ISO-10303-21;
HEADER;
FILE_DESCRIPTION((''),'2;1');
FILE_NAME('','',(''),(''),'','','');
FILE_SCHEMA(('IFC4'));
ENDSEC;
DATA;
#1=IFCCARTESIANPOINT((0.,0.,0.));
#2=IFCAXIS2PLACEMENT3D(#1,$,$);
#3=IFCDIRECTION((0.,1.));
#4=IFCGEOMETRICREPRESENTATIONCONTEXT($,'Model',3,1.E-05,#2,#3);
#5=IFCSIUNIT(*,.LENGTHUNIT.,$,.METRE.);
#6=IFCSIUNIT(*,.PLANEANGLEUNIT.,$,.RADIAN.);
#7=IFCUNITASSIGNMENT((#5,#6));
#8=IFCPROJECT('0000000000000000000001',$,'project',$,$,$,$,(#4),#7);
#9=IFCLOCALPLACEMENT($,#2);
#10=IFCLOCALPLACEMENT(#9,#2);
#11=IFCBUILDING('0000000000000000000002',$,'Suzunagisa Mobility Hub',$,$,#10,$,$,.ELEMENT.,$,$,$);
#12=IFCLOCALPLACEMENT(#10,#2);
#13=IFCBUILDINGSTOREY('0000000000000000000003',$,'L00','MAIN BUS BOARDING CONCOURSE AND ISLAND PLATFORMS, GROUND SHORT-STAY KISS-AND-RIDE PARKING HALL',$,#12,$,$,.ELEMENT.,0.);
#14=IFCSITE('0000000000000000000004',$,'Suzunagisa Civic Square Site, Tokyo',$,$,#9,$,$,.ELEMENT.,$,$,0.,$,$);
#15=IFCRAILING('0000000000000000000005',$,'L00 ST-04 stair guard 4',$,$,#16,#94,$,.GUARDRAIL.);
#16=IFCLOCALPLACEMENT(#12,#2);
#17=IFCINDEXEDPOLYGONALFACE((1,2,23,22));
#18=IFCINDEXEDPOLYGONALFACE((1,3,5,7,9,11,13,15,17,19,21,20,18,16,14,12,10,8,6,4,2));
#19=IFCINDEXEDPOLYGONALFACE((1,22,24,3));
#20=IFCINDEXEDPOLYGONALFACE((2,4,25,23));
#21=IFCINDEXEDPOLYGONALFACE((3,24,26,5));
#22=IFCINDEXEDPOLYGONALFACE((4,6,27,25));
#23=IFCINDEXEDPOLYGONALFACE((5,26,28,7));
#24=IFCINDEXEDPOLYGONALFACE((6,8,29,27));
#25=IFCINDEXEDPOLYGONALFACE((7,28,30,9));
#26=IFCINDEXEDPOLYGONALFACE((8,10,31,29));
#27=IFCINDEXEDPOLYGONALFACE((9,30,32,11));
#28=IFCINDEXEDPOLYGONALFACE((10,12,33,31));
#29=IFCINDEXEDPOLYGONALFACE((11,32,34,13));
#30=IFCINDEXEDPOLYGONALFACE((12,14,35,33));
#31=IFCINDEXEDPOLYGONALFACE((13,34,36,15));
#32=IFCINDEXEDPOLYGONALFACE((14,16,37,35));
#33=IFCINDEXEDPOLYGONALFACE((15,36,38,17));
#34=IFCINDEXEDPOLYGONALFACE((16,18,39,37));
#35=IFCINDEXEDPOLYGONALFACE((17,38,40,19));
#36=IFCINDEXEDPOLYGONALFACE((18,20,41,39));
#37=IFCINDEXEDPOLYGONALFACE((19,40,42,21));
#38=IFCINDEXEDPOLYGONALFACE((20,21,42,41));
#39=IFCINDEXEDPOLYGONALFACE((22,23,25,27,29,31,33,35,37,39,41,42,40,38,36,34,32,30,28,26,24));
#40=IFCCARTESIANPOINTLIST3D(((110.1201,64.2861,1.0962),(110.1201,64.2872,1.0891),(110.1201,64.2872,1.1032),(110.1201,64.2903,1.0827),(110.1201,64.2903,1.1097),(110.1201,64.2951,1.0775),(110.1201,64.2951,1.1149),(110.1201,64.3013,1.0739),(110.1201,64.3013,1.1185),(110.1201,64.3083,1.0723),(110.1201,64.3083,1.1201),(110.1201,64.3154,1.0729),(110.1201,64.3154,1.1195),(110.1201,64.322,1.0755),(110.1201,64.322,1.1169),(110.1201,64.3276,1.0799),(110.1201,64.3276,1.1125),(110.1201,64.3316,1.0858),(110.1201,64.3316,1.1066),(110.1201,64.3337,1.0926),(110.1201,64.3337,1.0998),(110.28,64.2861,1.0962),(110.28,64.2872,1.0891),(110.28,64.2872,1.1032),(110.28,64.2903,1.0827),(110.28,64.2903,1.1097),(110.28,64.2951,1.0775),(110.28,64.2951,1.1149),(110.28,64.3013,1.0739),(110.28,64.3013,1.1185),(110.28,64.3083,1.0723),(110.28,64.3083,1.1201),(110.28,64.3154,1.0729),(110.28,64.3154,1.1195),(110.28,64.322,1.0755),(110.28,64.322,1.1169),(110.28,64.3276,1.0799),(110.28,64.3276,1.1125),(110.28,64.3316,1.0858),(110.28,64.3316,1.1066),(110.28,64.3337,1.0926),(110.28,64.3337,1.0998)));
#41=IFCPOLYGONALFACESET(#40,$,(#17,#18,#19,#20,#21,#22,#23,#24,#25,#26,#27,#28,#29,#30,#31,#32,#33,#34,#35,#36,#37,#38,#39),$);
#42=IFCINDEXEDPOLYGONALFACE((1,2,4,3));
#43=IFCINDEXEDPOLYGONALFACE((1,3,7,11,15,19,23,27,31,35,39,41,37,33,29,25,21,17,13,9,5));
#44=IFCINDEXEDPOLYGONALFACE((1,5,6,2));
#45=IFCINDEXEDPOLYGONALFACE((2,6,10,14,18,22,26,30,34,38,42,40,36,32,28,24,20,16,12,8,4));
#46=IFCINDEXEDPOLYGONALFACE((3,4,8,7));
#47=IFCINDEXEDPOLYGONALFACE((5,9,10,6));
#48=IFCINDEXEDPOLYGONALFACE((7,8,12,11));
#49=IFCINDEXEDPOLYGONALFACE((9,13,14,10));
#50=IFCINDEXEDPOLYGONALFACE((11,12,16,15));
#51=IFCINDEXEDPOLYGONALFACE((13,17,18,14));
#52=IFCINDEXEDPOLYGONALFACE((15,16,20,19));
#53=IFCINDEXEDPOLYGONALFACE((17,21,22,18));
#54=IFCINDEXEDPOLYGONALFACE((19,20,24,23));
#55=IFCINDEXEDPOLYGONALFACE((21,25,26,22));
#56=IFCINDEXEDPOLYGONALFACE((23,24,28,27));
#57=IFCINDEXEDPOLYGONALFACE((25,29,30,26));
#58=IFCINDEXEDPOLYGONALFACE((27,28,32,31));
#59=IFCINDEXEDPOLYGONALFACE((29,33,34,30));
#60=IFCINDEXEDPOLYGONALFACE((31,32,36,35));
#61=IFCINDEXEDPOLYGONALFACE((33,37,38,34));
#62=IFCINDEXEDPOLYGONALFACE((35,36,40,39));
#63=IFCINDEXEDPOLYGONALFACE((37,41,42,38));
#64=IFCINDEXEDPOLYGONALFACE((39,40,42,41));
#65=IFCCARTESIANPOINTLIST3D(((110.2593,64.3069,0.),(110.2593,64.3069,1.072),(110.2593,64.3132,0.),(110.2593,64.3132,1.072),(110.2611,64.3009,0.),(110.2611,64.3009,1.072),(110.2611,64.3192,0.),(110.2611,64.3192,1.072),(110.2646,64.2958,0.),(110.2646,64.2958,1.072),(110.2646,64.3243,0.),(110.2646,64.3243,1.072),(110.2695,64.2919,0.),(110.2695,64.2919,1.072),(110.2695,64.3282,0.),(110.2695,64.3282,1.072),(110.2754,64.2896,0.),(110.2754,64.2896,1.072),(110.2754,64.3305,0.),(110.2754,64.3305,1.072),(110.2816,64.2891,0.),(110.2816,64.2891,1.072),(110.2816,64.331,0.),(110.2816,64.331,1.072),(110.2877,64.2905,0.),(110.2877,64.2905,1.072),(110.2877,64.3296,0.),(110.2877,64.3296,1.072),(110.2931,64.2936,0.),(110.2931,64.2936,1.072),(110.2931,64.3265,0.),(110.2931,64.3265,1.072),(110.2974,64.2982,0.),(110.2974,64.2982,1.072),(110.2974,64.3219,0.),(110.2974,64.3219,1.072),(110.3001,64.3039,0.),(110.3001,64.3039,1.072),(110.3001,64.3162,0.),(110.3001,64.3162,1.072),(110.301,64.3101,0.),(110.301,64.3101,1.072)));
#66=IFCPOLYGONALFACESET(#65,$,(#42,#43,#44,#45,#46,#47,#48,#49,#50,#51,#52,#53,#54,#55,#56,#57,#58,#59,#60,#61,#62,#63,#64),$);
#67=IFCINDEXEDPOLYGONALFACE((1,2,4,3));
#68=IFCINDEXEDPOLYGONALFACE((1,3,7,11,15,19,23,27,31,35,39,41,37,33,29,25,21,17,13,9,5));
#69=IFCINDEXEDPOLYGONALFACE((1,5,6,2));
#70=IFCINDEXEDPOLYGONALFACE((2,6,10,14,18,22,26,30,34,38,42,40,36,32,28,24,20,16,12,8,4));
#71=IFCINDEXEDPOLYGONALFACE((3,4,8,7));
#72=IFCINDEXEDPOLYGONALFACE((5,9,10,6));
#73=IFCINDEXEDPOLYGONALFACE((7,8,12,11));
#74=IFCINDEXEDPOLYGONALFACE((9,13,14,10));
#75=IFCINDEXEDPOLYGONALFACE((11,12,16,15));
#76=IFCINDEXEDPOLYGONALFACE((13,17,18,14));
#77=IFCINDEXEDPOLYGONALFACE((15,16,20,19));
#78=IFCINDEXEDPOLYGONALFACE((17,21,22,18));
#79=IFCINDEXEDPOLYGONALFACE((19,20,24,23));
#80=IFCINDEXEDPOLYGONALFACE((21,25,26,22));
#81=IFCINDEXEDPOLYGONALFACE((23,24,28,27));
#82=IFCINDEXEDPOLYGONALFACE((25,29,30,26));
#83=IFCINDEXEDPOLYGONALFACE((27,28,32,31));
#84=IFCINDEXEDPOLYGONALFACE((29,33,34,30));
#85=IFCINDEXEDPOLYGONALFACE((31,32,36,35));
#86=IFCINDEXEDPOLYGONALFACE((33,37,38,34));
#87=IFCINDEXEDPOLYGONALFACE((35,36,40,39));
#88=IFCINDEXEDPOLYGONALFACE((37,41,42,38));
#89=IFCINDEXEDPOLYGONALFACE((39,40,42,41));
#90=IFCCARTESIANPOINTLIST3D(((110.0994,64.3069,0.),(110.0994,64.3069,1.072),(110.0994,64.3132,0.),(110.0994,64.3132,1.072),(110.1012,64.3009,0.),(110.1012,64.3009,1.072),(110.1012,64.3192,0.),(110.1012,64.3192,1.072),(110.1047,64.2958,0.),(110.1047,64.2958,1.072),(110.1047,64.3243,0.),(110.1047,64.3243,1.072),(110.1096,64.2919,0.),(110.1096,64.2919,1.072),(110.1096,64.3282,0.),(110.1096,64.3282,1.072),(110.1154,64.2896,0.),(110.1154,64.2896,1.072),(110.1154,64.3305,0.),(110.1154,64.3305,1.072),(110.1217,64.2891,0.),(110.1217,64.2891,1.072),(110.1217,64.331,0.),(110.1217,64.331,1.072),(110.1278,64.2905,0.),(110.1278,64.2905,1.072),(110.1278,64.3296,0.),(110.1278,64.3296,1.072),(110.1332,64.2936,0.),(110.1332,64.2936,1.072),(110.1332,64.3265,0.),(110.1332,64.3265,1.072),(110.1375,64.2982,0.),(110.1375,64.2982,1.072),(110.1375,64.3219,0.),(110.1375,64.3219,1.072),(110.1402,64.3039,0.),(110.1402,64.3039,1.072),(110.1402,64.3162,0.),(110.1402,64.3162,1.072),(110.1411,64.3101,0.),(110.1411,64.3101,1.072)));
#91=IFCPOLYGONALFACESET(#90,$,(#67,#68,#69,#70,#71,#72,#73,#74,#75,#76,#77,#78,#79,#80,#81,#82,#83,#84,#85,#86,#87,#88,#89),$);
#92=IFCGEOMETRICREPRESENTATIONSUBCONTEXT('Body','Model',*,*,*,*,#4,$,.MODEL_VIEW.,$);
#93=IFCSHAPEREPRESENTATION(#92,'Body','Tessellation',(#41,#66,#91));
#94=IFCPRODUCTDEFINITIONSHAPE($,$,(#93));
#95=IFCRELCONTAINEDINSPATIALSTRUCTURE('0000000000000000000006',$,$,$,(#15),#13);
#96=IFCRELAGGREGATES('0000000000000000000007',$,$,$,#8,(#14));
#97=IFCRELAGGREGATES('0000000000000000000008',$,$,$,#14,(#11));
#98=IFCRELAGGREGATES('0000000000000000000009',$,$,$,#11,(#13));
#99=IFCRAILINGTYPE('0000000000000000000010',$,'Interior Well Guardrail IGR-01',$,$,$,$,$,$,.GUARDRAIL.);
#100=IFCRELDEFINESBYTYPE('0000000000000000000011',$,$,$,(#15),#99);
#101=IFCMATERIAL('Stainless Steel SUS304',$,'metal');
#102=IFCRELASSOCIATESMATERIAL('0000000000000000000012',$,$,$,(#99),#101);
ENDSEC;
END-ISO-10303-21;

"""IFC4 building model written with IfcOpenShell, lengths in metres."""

from ifc_helpers import new_model, si_unit, direction, frame, origin, origin_2d, place, context, subcontext, project, spatial, circle, extrude, material, type_object, element, save


model = new_model("IFC4")

# Units and contexts
model_context = context("Model", 3, precision=1e-05, world=origin(), true_north=direction((0.0, 1.0)))
body_context = subcontext(model_context, "Body", "Model", "MODEL_VIEW")
ifc_project = project(units=[si_unit("LENGTHUNIT", "METRE"), si_unit("PLANEANGLEUNIT", "RADIAN")], contexts=[model_context])

# Site, building, storey
site_placement = place(None, origin())
site = spatial("IfcSite", under=ifc_project, at=site_placement, Name="Suzunagisa Civic Square Site, Tokyo", CompositionType="ELEMENT", RefElevation=0.0)
building_placement = place(site_placement, origin())
building = spatial("IfcBuilding", under=site, at=building_placement, Name="Suzunagisa Mobility Hub", CompositionType="ELEMENT")
storey_placement = place(building_placement, origin())
storey = spatial("IfcBuildingStorey", under=building, at=storey_placement, Name="L00", Description="MAIN BUS BOARDING CONCOURSE AND ISLAND PLATFORMS, GROUND SHORT-STAY KISS-AND-RIDE PARKING HALL", CompositionType="ELEMENT", Elevation=0.0)

# Railing
ifc_material_1 = material(Name="Stainless Steel SUS304", Category="metal")
railing_type = type_object("IfcRailingType", Name="Interior Well Guardrail IGR-01", PredefinedType="GUARDRAIL", material=ifc_material_1)
railing_1_placement = place(storey_placement, frame((110.28, 64.3101, 0.0)))
element("IfcRailing", 1, at=railing_1_placement, inside=storey, type_object=railing_type, Name="L00 ST-04 stair guard 4", PredefinedType="GUARDRAIL", context=body_context, shape_type="SweptSolid", body=[
    extrude(circle(Radius=0.0239, at=origin_2d()), frame((0.0, 0.0, 1.0962), z_axis=(-1.0, 0.0, 0.0), x_axis=(0.0, -1.0, 0.0)), (0.0, 0.0, 1.0), 0.1599),
    extrude(circle(Radius=0.021, at=origin_2d()), origin(), (0.0, 0.0, 1.0), 1.072),
    extrude(circle(Radius=0.021, at=origin_2d()), frame((-0.1599, 0.0, 0.0)), (0.0, 0.0, 1.0), 1.072),
])

save(model, "model.ifc")
